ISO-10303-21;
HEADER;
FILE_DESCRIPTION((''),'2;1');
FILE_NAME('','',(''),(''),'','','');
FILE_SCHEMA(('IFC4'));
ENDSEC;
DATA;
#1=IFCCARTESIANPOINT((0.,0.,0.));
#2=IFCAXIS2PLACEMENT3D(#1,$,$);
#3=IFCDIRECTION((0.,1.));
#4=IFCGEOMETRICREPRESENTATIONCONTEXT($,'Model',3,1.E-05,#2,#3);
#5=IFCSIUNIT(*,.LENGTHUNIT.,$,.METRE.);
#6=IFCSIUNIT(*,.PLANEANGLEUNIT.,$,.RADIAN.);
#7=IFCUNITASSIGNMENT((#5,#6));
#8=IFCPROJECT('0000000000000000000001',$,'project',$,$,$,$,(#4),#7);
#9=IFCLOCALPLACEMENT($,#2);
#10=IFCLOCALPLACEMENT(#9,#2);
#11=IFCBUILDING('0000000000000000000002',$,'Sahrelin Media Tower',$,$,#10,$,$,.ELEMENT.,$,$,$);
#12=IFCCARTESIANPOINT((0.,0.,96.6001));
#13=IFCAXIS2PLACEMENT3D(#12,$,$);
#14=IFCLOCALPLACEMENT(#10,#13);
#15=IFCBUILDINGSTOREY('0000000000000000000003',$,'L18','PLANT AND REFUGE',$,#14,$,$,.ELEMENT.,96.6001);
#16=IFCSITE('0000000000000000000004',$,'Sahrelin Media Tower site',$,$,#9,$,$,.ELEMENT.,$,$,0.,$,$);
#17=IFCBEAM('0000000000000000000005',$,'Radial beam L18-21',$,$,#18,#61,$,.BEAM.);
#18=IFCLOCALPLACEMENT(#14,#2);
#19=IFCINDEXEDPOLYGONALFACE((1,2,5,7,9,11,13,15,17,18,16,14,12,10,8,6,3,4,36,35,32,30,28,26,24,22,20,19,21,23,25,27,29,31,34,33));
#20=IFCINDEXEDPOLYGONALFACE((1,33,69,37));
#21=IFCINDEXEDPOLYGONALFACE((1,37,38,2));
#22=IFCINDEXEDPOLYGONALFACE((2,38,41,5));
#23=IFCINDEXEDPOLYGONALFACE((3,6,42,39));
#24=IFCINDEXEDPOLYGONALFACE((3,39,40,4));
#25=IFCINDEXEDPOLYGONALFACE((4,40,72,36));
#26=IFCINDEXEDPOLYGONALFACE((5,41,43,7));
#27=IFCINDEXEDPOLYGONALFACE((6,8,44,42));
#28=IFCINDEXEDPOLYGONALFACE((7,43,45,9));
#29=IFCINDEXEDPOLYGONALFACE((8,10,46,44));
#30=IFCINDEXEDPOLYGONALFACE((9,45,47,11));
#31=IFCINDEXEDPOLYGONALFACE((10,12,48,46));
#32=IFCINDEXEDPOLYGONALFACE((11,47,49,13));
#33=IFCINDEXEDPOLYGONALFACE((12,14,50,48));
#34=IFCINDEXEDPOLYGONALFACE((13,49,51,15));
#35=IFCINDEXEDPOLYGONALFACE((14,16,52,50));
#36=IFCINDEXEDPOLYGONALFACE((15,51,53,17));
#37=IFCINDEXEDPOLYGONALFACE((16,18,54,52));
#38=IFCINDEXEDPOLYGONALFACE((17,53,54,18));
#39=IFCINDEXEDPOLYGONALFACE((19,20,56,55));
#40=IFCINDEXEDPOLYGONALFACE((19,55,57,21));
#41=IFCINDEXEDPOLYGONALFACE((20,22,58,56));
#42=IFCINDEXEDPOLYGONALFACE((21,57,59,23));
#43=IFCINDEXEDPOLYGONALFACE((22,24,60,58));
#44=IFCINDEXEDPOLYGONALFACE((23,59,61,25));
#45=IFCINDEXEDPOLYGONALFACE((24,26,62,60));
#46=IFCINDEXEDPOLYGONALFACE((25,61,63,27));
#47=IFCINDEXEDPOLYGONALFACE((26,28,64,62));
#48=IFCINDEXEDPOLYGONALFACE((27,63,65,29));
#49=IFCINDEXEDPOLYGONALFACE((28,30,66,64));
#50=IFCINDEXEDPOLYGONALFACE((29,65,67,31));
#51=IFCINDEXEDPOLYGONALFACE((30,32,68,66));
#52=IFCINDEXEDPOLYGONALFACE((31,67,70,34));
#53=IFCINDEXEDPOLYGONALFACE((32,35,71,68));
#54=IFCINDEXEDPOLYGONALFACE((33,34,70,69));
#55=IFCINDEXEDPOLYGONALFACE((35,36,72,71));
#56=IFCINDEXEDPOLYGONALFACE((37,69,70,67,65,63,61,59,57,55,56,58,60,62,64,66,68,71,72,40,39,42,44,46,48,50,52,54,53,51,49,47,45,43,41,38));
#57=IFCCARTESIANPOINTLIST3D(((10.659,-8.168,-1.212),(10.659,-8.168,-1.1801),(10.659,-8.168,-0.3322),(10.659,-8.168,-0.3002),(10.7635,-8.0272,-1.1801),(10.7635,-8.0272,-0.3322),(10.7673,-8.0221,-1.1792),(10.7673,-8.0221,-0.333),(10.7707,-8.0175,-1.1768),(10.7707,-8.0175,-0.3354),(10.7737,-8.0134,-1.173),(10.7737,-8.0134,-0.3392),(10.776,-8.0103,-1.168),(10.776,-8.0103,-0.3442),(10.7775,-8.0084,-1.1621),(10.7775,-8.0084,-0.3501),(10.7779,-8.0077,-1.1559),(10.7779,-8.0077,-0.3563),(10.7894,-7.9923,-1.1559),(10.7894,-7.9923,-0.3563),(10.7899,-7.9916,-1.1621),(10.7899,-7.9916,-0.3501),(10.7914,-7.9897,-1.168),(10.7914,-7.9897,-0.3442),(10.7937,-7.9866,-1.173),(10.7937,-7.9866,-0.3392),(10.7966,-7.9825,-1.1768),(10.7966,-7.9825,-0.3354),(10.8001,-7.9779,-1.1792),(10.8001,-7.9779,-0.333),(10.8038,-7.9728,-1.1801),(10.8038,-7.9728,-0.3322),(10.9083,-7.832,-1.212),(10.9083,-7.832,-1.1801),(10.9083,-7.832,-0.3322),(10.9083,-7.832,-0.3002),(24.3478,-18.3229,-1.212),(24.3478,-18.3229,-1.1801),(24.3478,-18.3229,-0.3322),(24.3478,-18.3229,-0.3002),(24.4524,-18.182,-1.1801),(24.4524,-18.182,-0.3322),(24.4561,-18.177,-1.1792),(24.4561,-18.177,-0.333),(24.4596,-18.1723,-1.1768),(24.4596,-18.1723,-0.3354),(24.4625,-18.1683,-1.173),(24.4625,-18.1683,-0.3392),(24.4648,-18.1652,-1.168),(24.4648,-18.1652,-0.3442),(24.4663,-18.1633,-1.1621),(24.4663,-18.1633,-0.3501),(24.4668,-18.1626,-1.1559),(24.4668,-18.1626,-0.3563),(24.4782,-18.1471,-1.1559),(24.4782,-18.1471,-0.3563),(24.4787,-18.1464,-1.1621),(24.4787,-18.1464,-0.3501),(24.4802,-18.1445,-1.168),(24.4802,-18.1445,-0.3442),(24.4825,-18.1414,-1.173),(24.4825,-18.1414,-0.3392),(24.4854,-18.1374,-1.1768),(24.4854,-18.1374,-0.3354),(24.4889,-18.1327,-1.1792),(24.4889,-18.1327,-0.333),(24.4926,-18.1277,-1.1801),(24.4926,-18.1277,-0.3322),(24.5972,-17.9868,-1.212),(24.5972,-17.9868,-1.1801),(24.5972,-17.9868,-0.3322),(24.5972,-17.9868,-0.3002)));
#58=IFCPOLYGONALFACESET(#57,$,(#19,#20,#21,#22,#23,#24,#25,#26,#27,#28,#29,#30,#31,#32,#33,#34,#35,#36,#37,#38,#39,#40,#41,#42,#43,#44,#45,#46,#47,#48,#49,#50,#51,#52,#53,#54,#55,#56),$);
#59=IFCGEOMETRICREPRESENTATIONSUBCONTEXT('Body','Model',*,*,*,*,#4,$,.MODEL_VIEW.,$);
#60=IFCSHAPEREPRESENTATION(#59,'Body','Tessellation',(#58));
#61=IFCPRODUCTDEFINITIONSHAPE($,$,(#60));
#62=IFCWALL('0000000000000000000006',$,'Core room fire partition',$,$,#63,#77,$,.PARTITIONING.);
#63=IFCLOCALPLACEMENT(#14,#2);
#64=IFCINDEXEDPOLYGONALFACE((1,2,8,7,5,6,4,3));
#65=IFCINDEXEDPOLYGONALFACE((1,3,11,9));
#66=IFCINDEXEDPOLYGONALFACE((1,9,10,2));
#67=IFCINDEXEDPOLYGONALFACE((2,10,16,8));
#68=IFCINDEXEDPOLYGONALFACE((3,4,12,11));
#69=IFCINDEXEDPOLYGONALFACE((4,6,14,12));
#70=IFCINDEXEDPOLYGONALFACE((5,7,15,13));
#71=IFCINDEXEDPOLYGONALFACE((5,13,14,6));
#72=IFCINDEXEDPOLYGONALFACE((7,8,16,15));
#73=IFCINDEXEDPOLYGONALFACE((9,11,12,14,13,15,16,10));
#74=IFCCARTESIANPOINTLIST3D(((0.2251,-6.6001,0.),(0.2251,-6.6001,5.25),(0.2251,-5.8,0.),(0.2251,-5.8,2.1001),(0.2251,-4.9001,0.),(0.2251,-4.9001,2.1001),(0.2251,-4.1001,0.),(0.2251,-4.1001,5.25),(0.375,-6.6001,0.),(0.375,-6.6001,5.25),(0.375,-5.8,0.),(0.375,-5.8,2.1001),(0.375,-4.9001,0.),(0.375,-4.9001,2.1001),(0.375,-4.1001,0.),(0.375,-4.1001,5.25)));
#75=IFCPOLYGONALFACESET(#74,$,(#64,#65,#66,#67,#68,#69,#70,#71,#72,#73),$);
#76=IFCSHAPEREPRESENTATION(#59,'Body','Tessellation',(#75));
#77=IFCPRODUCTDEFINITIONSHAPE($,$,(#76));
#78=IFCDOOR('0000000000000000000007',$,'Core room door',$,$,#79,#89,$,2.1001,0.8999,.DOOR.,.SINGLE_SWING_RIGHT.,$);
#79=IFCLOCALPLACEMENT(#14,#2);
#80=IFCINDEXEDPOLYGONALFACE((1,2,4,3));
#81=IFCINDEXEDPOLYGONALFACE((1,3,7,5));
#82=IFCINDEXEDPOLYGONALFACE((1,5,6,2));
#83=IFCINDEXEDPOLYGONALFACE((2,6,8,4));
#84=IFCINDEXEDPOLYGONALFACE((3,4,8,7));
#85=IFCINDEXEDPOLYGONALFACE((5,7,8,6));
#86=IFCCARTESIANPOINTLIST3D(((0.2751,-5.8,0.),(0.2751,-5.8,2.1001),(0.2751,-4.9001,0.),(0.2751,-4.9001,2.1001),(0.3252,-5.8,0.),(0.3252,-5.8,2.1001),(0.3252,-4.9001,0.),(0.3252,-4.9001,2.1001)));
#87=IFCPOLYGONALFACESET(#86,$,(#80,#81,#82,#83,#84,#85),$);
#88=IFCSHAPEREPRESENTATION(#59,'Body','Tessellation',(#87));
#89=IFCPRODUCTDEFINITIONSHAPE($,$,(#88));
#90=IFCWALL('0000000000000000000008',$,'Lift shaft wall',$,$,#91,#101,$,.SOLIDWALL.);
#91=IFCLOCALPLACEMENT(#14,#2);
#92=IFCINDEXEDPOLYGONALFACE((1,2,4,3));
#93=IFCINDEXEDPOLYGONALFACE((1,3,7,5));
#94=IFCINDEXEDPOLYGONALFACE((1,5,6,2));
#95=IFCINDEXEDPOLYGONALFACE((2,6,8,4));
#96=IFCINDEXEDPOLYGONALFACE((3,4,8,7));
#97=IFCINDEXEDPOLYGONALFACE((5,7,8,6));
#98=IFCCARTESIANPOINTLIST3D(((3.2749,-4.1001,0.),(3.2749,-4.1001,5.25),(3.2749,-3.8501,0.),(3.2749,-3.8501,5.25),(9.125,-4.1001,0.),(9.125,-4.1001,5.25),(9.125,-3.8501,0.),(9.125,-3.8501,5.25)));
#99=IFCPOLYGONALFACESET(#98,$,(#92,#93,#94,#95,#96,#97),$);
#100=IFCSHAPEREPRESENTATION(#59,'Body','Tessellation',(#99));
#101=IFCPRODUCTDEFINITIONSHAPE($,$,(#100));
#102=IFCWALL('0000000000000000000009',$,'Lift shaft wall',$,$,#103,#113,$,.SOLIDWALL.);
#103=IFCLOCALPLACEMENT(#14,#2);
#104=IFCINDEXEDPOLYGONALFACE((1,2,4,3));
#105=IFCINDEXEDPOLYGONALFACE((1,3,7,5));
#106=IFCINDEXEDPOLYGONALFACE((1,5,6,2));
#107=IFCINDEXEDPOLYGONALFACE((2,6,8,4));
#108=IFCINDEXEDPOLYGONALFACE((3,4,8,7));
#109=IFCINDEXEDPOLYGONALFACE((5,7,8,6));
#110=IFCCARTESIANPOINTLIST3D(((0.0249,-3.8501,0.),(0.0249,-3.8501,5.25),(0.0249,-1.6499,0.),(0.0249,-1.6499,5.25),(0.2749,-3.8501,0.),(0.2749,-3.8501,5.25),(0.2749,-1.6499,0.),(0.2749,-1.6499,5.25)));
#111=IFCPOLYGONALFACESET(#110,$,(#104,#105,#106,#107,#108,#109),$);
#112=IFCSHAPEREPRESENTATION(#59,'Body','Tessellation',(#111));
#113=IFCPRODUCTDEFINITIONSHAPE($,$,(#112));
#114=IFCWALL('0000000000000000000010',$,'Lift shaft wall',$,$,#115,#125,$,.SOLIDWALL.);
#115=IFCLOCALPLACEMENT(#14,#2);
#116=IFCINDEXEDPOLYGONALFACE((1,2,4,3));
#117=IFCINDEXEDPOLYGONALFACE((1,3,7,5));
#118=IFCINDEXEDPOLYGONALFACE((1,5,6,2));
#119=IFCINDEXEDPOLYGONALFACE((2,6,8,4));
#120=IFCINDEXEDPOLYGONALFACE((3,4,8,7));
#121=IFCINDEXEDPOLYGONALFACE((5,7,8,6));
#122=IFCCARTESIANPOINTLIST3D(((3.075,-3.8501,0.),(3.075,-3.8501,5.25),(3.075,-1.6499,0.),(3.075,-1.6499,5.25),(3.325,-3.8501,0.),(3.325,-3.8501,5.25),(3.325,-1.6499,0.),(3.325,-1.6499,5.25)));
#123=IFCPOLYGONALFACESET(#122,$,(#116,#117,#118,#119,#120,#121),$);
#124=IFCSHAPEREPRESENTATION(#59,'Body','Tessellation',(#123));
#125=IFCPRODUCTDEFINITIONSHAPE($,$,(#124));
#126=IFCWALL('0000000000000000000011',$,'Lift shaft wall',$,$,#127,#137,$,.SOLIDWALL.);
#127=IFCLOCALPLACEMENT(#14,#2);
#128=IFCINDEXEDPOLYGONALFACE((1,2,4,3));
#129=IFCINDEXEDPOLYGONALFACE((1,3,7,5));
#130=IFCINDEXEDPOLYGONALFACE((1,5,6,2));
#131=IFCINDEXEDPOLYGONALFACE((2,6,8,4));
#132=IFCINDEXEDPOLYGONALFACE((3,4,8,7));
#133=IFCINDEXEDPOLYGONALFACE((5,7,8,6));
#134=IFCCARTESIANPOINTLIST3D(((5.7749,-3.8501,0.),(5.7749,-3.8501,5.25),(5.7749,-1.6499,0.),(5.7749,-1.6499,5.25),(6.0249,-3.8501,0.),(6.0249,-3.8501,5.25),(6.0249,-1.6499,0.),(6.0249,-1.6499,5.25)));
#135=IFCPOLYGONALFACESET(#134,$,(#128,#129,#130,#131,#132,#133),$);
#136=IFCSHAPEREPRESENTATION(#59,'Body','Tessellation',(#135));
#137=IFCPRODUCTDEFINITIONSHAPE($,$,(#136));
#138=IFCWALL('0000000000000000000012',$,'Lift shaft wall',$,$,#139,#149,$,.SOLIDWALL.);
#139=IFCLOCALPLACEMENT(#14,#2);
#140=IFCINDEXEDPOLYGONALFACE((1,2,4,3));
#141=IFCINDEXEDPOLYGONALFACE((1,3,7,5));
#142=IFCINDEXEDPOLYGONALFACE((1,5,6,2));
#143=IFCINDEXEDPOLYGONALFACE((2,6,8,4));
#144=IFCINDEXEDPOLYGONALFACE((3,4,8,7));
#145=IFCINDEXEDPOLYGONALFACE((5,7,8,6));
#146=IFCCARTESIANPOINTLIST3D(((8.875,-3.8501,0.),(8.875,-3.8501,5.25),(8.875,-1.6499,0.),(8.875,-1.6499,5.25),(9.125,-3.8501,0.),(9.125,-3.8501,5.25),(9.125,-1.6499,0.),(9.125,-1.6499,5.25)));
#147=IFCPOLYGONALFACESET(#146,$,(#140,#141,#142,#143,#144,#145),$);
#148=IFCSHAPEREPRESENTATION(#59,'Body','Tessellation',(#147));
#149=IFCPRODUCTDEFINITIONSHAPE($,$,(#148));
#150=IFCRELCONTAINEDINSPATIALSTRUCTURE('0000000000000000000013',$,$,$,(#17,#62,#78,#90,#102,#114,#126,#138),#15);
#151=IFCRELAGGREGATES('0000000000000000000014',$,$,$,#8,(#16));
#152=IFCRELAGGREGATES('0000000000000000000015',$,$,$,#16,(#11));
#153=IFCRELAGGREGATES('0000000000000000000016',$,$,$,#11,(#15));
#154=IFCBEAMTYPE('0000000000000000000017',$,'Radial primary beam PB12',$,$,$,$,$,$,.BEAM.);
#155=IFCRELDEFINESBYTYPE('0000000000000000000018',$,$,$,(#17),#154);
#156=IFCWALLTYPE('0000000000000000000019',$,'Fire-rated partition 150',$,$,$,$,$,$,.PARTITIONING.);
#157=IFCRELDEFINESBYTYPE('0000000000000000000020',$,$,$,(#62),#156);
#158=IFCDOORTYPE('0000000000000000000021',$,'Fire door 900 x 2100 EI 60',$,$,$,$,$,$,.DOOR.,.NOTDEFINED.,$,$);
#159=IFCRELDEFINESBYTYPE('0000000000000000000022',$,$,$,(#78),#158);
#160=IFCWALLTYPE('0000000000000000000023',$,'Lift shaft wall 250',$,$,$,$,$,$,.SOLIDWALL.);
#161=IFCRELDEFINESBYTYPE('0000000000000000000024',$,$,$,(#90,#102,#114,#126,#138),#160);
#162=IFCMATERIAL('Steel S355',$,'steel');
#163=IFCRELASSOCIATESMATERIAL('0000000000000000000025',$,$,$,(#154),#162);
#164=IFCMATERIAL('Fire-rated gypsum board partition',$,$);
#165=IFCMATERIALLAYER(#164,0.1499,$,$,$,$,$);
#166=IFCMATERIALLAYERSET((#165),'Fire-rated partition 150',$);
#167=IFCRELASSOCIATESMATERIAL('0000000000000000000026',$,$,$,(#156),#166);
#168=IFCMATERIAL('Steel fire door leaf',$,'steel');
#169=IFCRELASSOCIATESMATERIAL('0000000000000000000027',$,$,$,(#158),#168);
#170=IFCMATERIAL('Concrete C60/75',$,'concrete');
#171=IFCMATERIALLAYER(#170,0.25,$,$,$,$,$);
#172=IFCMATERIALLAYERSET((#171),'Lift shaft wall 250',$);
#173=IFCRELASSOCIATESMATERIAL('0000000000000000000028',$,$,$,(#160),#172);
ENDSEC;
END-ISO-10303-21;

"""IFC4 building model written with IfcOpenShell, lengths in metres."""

from ifc_helpers import new_model, si_unit, direction, frame, frame_2d, origin, origin_2d, place, context, subcontext, project, spatial, rectangle, i_section, extrude, material, layer, layer_set, material_profile, profile_set, type_object, element, fill, save


model = new_model("IFC4")

# Units and contexts
model_context = context("Model", 3, precision=1e-05, world=origin(), true_north=direction((0.0, 1.0)))
body_context = subcontext(model_context, "Body", "Model", "MODEL_VIEW")
ifc_project = project(units=[si_unit("LENGTHUNIT", "METRE"), si_unit("PLANEANGLEUNIT", "RADIAN")], contexts=[model_context])

# Site, building, storey
site_placement = place(None, origin())
site = spatial("IfcSite", under=ifc_project, at=site_placement, Name="Sahrelin Media Tower site", CompositionType="ELEMENT", RefElevation=0.0)
building_placement = place(site_placement, origin())
building = spatial("IfcBuilding", under=site, at=building_placement, Name="Sahrelin Media Tower", CompositionType="ELEMENT")
storey_placement = place(building_placement, frame((0.0, 0.0, 96.6001)))
storey = spatial("IfcBuildingStorey", under=building, at=storey_placement, Name="L18", Description="PLANT AND REFUGE", CompositionType="ELEMENT", Elevation=96.6001)

# Beam
ifc_material_1 = material(Name="Steel S355", Category="steel")
ifc_material_profile = material_profile(ifc_material_1, i_section(OverallWidth=0.4185, OverallDepth=0.9119, WebThickness=0.0193, FlangeThickness=0.032, FilletRadius=0.0242, at=origin_2d()), Name="UB 914x419x343")
ifc_profile_set = profile_set([ifc_material_profile], Name="Steel S355")
beam_type = type_object("IfcBeamType", Name="Radial primary beam PB12", PredefinedType="BEAM", material=ifc_profile_set)
beam_placement = place(storey_placement, frame((10.7837, -8.0, -0.7561), z_axis=(0.803136, -0.595795, 0.0), x_axis=(0.595795, 0.803136, 0.0)))
element("IfcBeam", 1, at=beam_placement, inside=storey, type_object=beam_type, Name="Radial beam L18-21", PredefinedType="BEAM", context=body_context, shape_type="SweptSolid", body=[
    extrude(i_section(OverallWidth=0.4185, OverallDepth=0.9119, WebThickness=0.0193, FlangeThickness=0.032, FilletRadius=0.0242, at=origin_2d()), origin(), (0.0, 0.0, 1.0), 17.0442),
])

# Wall, opening, door
ifc_material_2 = material(Name="Fire-rated gypsum board partition")
ifc_layer_1 = layer(ifc_material_2, 0.1499)
ifc_layer_set_1 = layer_set([ifc_layer_1], Name="Fire-rated partition 150")
wall_type_1 = type_object("IfcWallType", Name="Fire-rated partition 150", PredefinedType="PARTITIONING", material=ifc_layer_set_1)
wall_1_placement = place(storey_placement, frame((0.3, -6.6001, 0.0), z_axis=(0.0, 0.0, 1.0), x_axis=(0.0, 1.0, 0.0)))
wall_1 = element("IfcWall", 2, at=wall_1_placement, inside=storey, type_object=wall_type_1, Name="Core room fire partition", PredefinedType="PARTITIONING", context=body_context, shape_type="SweptSolid", body=[
    extrude(rectangle(XDim=2.5, YDim=0.1499, at=frame_2d((1.25, 0.0))), origin(), (0.0, 0.0, 1.0), 5.25),
])
opening_1_placement = place(wall_1_placement, frame((0.8, 0.0, 0.0)))
opening_1 = element("IfcOpeningElement", 3, at=opening_1_placement, cuts=wall_1, PredefinedType="OPENING", context=body_context, shape_type="SweptSolid", body=[
    extrude(rectangle(XDim=0.8999, YDim=2.1001, at=frame_2d((0.45, 1.05))), frame((0.0, 0.075, 0.0), z_axis=(0.0, -1.0, 0.0), x_axis=(1.0, 0.0, 0.0)), (0.0, 0.0, 1.0), 0.1499),
])
ifc_material_3 = material(Name="Steel fire door leaf", Category="steel")
door_type_1 = type_object("IfcDoorType", Name="Fire door 900 x 2100 EI 60", OperationType="NOTDEFINED", PredefinedType="DOOR", material=ifc_material_3)
door_1_placement = place(opening_1_placement, origin())
door_1 = element("IfcDoor", 4, at=door_1_placement, inside=storey, type_object=door_type_1, Name="Core room door", OperationType="SINGLE_SWING_RIGHT", OverallHeight=2.1001, OverallWidth=0.8999, PredefinedType="DOOR", context=body_context, shape_type="SweptSolid", body=[
    extrude(rectangle(XDim=0.8999, YDim=2.1001, at=frame_2d((0.45, 1.05))), frame((0.0, 0.0249, 0.0), z_axis=(0.0, -1.0, 0.0), x_axis=(1.0, 0.0, 0.0)), (0.0, 0.0, 1.0), 0.05),
])
fill(opening_1, door_1)

# Walls
ifc_material_4 = material(Name="Concrete C60/75", Category="concrete")
ifc_layer_2 = layer(ifc_material_4, 0.25)
ifc_layer_set_2 = layer_set([ifc_layer_2], Name="Lift shaft wall 250")
wall_type_2 = type_object("IfcWallType", Name="Lift shaft wall 250", PredefinedType="SOLIDWALL", material=ifc_layer_set_2)
wall_2_placement = place(storey_placement, frame((3.2749, -3.9751, 0.0), z_axis=(0.0, 0.0, 1.0), x_axis=(1.0, 0.0, 0.0)))
element("IfcWall", 5, at=wall_2_placement, inside=storey, type_object=wall_type_2, Name="Lift shaft wall", PredefinedType="SOLIDWALL", context=body_context, shape_type="SweptSolid", body=[
    extrude(rectangle(XDim=5.8501, YDim=0.25, at=frame_2d((2.925, 0.0))), origin(), (0.0, 0.0, 1.0), 5.25),
])
for number, where, z_axis, x_axis, name in (
    (6, (0.1499, -3.8501, 0.0), (0.0, 0.0, 1.0), (0.0, 1.0, 0.0), "Lift shaft wall"),
    (7, (3.2, -3.8501, 0.0), (0.0, 0.0, 1.0), (0.0, 1.0, 0.0), "Lift shaft wall"),
    (8, (5.8999, -3.8501, 0.0), (0.0, 0.0, 1.0), (0.0, 1.0, 0.0), "Lift shaft wall"),
    (9, (9.0, -3.8501, 0.0), (0.0, 0.0, 1.0), (0.0, 1.0, 0.0), "Lift shaft wall"),
):
    element("IfcWall", number, at=place(storey_placement, frame(where, z_axis=z_axis, x_axis=x_axis)), inside=storey, type_object=wall_type_2, Name=name, PredefinedType="SOLIDWALL", context=body_context, shape_type="SweptSolid", body=[
        extrude(rectangle(XDim=2.2002, YDim=0.25, at=frame_2d((1.1001, 0.0))), origin(), (0.0, 0.0, 1.0), 5.25),
    ])

save(model, "model.ifc")
